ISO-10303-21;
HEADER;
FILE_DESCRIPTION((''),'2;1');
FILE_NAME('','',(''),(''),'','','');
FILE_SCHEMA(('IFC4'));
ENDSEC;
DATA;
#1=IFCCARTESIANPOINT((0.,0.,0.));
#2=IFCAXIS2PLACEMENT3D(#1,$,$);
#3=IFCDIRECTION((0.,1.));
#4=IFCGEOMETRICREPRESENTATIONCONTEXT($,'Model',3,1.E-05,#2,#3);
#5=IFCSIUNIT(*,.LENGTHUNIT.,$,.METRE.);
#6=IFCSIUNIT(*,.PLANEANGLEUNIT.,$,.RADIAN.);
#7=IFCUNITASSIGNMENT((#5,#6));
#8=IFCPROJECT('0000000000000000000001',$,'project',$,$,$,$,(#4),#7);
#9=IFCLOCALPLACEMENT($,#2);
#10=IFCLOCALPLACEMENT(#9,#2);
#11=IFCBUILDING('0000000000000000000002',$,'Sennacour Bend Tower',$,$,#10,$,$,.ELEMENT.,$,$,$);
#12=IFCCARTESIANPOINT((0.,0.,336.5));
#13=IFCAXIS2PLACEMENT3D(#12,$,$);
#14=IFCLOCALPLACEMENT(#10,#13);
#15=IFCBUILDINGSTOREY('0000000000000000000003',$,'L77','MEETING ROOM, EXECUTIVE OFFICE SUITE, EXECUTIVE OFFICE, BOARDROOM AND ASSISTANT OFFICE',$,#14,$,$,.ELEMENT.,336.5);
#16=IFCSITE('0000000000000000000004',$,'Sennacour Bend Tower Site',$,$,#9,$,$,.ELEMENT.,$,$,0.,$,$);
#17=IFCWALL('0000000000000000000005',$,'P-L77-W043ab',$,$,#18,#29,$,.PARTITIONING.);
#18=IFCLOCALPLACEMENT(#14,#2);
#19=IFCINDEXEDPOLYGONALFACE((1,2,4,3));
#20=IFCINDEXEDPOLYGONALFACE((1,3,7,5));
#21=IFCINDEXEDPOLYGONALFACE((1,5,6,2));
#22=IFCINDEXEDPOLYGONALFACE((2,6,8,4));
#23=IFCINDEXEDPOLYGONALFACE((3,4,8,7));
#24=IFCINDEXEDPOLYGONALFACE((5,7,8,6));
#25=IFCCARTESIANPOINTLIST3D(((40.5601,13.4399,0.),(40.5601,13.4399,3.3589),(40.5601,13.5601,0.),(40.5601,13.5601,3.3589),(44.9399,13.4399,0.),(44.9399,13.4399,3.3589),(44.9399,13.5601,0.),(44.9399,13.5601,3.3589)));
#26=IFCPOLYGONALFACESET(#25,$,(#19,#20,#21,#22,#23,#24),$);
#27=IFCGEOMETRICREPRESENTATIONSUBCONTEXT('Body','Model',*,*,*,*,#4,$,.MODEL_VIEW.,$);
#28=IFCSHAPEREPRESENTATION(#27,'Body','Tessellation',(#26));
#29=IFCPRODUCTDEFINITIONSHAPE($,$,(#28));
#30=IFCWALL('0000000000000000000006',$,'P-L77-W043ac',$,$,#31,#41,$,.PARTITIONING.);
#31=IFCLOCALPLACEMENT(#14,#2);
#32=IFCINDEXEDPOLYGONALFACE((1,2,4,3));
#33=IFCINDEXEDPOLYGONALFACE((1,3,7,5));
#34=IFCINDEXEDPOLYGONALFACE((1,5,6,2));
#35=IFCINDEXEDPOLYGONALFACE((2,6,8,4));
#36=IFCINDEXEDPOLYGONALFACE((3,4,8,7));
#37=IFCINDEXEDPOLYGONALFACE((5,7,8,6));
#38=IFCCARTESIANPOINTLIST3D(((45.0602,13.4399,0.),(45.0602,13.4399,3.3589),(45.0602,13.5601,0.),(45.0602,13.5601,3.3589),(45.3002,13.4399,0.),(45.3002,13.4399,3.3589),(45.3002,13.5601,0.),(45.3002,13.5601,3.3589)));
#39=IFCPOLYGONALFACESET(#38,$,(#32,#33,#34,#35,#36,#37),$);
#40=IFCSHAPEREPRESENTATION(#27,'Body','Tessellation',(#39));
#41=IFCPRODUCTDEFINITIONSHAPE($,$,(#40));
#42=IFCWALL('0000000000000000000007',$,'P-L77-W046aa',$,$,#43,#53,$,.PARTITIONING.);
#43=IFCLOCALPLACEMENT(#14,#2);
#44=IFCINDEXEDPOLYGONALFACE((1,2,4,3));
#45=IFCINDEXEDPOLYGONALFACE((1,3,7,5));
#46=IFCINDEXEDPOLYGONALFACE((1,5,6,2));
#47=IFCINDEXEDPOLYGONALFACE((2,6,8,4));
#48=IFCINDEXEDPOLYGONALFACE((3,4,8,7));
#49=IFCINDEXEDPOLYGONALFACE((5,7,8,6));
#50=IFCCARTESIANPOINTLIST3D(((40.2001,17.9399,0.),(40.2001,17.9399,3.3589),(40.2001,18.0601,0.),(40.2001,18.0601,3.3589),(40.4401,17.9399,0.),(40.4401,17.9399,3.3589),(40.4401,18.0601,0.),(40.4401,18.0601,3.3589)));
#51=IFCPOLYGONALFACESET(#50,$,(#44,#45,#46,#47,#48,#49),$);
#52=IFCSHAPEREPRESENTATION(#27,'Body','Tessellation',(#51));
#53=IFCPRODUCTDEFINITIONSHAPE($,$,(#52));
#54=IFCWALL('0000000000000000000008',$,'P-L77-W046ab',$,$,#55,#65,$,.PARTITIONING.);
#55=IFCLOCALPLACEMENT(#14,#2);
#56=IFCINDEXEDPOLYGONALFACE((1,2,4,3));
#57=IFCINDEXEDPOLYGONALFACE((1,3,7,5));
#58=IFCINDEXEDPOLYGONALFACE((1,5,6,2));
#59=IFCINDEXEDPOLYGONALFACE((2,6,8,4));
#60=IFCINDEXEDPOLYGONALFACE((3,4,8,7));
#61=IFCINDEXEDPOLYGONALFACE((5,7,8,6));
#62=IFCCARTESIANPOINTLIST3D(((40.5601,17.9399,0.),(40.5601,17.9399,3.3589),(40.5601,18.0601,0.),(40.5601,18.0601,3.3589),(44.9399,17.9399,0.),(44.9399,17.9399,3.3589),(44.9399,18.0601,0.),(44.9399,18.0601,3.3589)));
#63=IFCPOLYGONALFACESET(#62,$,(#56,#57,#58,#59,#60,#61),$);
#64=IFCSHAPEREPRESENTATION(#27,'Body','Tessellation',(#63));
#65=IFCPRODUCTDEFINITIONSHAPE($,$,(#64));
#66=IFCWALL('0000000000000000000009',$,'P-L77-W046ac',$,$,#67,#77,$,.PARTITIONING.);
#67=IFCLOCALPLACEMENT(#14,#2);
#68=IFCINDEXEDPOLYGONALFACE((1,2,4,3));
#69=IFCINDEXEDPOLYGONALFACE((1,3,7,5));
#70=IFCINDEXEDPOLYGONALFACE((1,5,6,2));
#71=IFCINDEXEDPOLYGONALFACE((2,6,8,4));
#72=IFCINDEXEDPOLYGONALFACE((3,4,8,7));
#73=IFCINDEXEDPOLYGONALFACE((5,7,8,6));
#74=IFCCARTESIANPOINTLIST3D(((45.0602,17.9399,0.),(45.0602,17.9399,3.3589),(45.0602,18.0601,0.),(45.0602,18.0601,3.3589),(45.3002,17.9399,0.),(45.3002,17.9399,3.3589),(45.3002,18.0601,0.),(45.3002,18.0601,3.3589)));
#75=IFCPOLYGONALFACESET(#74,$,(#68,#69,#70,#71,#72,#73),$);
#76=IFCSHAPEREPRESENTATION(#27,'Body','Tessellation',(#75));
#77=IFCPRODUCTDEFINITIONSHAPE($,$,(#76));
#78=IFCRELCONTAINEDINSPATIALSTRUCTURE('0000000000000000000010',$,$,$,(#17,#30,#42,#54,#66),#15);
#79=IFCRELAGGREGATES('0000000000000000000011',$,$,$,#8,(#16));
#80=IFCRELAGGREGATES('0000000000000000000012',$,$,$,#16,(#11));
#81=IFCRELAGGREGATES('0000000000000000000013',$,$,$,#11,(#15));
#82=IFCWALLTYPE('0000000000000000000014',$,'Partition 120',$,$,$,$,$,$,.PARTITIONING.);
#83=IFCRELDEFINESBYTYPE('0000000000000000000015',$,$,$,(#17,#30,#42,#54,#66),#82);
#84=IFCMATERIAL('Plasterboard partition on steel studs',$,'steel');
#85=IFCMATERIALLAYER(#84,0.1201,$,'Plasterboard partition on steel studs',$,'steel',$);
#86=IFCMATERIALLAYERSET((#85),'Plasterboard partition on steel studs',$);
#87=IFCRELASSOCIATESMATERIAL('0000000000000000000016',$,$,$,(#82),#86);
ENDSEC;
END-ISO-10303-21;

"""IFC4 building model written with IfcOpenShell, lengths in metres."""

from ifc_helpers import new_model, si_unit, direction, frame, frame_2d, origin, place, context, subcontext, project, spatial, rectangle, extrude, material, layer, layer_set, type_object, element, save


model = new_model("IFC4")

# Units and contexts
model_context = context("Model", 3, precision=1e-05, world=origin(), true_north=direction((0.0, 1.0)))
body_context = subcontext(model_context, "Body", "Model", "MODEL_VIEW")
ifc_project = project(units=[si_unit("LENGTHUNIT", "METRE"), si_unit("PLANEANGLEUNIT", "RADIAN")], contexts=[model_context])

# Site, building, storey
site_placement = place(None, origin())
site = spatial("IfcSite", under=ifc_project, at=site_placement, Name="Sennacour Bend Tower Site", CompositionType="ELEMENT", RefElevation=0.0)
building_placement = place(site_placement, origin())
building = spatial("IfcBuilding", under=site, at=building_placement, Name="Sennacour Bend Tower", CompositionType="ELEMENT")
storey_placement = place(building_placement, frame((0.0, 0.0, 336.5)))
storey = spatial("IfcBuildingStorey", under=building, at=storey_placement, Name="L77", Description="MEETING ROOM, EXECUTIVE OFFICE SUITE, EXECUTIVE OFFICE, BOARDROOM AND ASSISTANT OFFICE", CompositionType="ELEMENT", Elevation=336.5)

# Walls
ifc_material_1 = material(Name="Plasterboard partition on steel studs", Category="steel")
ifc_layer_1 = layer(ifc_material_1, 0.1201, Name="Plasterboard partition on steel studs", Category="steel")
ifc_layer_set_1 = layer_set([ifc_layer_1], Name="Plasterboard partition on steel studs")
wall_type = type_object("IfcWallType", Name="Partition 120", PredefinedType="PARTITIONING", material=ifc_layer_set_1)
wall_1_placement = place(storey_placement, frame((40.5601, 13.5, 0.0), z_axis=(0.0, 0.0, 1.0), x_axis=(1.0, 0.0, 0.0)))
element("IfcWall", 1, at=wall_1_placement, inside=storey, type_object=wall_type, Name="P-L77-W043ab", PredefinedType="PARTITIONING", context=body_context, shape_type="SweptSolid", body=[
    extrude(rectangle(XDim=4.3799, YDim=0.1201, at=frame_2d((2.1899, 0.0))), origin(), (0.0, 0.0, 1.0), 3.3589),
])
for number, where, z_axis, x_axis, name in (
    (2, (45.0601, 13.5, 0.0), (0.0, 0.0, 1.0), (1.0, 0.0, 0.0), "P-L77-W043ac"),
    (3, (40.2, 18.0, 0.0), (0.0, 0.0, 1.0), (1.0, 0.0, 0.0), "P-L77-W046aa"),
):
    element("IfcWall", number, at=place(storey_placement, frame(where, z_axis=z_axis, x_axis=x_axis)), inside=storey, type_object=wall_type, Name=name, PredefinedType="PARTITIONING", context=body_context, shape_type="SweptSolid", body=[
        extrude(rectangle(XDim=0.24, YDim=0.1201, at=frame_2d((0.1201, 0.0))), origin(), (0.0, 0.0, 1.0), 3.3589),
    ])
wall_2_placement = place(storey_placement, frame((40.5601, 18.0, 0.0), z_axis=(0.0, 0.0, 1.0), x_axis=(1.0, 0.0, 0.0)))
element("IfcWall", 4, at=wall_2_placement, inside=storey, type_object=wall_type, Name="P-L77-W046ab", PredefinedType="PARTITIONING", context=body_context, shape_type="SweptSolid", body=[
    extrude(rectangle(XDim=4.3799, YDim=0.1201, at=frame_2d((2.1899, 0.0))), origin(), (0.0, 0.0, 1.0), 3.3589),
])
wall_3_placement = place(storey_placement, frame((45.0601, 18.0, 0.0), z_axis=(0.0, 0.0, 1.0), x_axis=(1.0, 0.0, 0.0)))
element("IfcWall", 5, at=wall_3_placement, inside=storey, type_object=wall_type, Name="P-L77-W046ac", PredefinedType="PARTITIONING", context=body_context, shape_type="SweptSolid", body=[
    extrude(rectangle(XDim=0.24, YDim=0.1201, at=frame_2d((0.1201, 0.0))), origin(), (0.0, 0.0, 1.0), 3.3589),
])

save(model, "model.ifc")
